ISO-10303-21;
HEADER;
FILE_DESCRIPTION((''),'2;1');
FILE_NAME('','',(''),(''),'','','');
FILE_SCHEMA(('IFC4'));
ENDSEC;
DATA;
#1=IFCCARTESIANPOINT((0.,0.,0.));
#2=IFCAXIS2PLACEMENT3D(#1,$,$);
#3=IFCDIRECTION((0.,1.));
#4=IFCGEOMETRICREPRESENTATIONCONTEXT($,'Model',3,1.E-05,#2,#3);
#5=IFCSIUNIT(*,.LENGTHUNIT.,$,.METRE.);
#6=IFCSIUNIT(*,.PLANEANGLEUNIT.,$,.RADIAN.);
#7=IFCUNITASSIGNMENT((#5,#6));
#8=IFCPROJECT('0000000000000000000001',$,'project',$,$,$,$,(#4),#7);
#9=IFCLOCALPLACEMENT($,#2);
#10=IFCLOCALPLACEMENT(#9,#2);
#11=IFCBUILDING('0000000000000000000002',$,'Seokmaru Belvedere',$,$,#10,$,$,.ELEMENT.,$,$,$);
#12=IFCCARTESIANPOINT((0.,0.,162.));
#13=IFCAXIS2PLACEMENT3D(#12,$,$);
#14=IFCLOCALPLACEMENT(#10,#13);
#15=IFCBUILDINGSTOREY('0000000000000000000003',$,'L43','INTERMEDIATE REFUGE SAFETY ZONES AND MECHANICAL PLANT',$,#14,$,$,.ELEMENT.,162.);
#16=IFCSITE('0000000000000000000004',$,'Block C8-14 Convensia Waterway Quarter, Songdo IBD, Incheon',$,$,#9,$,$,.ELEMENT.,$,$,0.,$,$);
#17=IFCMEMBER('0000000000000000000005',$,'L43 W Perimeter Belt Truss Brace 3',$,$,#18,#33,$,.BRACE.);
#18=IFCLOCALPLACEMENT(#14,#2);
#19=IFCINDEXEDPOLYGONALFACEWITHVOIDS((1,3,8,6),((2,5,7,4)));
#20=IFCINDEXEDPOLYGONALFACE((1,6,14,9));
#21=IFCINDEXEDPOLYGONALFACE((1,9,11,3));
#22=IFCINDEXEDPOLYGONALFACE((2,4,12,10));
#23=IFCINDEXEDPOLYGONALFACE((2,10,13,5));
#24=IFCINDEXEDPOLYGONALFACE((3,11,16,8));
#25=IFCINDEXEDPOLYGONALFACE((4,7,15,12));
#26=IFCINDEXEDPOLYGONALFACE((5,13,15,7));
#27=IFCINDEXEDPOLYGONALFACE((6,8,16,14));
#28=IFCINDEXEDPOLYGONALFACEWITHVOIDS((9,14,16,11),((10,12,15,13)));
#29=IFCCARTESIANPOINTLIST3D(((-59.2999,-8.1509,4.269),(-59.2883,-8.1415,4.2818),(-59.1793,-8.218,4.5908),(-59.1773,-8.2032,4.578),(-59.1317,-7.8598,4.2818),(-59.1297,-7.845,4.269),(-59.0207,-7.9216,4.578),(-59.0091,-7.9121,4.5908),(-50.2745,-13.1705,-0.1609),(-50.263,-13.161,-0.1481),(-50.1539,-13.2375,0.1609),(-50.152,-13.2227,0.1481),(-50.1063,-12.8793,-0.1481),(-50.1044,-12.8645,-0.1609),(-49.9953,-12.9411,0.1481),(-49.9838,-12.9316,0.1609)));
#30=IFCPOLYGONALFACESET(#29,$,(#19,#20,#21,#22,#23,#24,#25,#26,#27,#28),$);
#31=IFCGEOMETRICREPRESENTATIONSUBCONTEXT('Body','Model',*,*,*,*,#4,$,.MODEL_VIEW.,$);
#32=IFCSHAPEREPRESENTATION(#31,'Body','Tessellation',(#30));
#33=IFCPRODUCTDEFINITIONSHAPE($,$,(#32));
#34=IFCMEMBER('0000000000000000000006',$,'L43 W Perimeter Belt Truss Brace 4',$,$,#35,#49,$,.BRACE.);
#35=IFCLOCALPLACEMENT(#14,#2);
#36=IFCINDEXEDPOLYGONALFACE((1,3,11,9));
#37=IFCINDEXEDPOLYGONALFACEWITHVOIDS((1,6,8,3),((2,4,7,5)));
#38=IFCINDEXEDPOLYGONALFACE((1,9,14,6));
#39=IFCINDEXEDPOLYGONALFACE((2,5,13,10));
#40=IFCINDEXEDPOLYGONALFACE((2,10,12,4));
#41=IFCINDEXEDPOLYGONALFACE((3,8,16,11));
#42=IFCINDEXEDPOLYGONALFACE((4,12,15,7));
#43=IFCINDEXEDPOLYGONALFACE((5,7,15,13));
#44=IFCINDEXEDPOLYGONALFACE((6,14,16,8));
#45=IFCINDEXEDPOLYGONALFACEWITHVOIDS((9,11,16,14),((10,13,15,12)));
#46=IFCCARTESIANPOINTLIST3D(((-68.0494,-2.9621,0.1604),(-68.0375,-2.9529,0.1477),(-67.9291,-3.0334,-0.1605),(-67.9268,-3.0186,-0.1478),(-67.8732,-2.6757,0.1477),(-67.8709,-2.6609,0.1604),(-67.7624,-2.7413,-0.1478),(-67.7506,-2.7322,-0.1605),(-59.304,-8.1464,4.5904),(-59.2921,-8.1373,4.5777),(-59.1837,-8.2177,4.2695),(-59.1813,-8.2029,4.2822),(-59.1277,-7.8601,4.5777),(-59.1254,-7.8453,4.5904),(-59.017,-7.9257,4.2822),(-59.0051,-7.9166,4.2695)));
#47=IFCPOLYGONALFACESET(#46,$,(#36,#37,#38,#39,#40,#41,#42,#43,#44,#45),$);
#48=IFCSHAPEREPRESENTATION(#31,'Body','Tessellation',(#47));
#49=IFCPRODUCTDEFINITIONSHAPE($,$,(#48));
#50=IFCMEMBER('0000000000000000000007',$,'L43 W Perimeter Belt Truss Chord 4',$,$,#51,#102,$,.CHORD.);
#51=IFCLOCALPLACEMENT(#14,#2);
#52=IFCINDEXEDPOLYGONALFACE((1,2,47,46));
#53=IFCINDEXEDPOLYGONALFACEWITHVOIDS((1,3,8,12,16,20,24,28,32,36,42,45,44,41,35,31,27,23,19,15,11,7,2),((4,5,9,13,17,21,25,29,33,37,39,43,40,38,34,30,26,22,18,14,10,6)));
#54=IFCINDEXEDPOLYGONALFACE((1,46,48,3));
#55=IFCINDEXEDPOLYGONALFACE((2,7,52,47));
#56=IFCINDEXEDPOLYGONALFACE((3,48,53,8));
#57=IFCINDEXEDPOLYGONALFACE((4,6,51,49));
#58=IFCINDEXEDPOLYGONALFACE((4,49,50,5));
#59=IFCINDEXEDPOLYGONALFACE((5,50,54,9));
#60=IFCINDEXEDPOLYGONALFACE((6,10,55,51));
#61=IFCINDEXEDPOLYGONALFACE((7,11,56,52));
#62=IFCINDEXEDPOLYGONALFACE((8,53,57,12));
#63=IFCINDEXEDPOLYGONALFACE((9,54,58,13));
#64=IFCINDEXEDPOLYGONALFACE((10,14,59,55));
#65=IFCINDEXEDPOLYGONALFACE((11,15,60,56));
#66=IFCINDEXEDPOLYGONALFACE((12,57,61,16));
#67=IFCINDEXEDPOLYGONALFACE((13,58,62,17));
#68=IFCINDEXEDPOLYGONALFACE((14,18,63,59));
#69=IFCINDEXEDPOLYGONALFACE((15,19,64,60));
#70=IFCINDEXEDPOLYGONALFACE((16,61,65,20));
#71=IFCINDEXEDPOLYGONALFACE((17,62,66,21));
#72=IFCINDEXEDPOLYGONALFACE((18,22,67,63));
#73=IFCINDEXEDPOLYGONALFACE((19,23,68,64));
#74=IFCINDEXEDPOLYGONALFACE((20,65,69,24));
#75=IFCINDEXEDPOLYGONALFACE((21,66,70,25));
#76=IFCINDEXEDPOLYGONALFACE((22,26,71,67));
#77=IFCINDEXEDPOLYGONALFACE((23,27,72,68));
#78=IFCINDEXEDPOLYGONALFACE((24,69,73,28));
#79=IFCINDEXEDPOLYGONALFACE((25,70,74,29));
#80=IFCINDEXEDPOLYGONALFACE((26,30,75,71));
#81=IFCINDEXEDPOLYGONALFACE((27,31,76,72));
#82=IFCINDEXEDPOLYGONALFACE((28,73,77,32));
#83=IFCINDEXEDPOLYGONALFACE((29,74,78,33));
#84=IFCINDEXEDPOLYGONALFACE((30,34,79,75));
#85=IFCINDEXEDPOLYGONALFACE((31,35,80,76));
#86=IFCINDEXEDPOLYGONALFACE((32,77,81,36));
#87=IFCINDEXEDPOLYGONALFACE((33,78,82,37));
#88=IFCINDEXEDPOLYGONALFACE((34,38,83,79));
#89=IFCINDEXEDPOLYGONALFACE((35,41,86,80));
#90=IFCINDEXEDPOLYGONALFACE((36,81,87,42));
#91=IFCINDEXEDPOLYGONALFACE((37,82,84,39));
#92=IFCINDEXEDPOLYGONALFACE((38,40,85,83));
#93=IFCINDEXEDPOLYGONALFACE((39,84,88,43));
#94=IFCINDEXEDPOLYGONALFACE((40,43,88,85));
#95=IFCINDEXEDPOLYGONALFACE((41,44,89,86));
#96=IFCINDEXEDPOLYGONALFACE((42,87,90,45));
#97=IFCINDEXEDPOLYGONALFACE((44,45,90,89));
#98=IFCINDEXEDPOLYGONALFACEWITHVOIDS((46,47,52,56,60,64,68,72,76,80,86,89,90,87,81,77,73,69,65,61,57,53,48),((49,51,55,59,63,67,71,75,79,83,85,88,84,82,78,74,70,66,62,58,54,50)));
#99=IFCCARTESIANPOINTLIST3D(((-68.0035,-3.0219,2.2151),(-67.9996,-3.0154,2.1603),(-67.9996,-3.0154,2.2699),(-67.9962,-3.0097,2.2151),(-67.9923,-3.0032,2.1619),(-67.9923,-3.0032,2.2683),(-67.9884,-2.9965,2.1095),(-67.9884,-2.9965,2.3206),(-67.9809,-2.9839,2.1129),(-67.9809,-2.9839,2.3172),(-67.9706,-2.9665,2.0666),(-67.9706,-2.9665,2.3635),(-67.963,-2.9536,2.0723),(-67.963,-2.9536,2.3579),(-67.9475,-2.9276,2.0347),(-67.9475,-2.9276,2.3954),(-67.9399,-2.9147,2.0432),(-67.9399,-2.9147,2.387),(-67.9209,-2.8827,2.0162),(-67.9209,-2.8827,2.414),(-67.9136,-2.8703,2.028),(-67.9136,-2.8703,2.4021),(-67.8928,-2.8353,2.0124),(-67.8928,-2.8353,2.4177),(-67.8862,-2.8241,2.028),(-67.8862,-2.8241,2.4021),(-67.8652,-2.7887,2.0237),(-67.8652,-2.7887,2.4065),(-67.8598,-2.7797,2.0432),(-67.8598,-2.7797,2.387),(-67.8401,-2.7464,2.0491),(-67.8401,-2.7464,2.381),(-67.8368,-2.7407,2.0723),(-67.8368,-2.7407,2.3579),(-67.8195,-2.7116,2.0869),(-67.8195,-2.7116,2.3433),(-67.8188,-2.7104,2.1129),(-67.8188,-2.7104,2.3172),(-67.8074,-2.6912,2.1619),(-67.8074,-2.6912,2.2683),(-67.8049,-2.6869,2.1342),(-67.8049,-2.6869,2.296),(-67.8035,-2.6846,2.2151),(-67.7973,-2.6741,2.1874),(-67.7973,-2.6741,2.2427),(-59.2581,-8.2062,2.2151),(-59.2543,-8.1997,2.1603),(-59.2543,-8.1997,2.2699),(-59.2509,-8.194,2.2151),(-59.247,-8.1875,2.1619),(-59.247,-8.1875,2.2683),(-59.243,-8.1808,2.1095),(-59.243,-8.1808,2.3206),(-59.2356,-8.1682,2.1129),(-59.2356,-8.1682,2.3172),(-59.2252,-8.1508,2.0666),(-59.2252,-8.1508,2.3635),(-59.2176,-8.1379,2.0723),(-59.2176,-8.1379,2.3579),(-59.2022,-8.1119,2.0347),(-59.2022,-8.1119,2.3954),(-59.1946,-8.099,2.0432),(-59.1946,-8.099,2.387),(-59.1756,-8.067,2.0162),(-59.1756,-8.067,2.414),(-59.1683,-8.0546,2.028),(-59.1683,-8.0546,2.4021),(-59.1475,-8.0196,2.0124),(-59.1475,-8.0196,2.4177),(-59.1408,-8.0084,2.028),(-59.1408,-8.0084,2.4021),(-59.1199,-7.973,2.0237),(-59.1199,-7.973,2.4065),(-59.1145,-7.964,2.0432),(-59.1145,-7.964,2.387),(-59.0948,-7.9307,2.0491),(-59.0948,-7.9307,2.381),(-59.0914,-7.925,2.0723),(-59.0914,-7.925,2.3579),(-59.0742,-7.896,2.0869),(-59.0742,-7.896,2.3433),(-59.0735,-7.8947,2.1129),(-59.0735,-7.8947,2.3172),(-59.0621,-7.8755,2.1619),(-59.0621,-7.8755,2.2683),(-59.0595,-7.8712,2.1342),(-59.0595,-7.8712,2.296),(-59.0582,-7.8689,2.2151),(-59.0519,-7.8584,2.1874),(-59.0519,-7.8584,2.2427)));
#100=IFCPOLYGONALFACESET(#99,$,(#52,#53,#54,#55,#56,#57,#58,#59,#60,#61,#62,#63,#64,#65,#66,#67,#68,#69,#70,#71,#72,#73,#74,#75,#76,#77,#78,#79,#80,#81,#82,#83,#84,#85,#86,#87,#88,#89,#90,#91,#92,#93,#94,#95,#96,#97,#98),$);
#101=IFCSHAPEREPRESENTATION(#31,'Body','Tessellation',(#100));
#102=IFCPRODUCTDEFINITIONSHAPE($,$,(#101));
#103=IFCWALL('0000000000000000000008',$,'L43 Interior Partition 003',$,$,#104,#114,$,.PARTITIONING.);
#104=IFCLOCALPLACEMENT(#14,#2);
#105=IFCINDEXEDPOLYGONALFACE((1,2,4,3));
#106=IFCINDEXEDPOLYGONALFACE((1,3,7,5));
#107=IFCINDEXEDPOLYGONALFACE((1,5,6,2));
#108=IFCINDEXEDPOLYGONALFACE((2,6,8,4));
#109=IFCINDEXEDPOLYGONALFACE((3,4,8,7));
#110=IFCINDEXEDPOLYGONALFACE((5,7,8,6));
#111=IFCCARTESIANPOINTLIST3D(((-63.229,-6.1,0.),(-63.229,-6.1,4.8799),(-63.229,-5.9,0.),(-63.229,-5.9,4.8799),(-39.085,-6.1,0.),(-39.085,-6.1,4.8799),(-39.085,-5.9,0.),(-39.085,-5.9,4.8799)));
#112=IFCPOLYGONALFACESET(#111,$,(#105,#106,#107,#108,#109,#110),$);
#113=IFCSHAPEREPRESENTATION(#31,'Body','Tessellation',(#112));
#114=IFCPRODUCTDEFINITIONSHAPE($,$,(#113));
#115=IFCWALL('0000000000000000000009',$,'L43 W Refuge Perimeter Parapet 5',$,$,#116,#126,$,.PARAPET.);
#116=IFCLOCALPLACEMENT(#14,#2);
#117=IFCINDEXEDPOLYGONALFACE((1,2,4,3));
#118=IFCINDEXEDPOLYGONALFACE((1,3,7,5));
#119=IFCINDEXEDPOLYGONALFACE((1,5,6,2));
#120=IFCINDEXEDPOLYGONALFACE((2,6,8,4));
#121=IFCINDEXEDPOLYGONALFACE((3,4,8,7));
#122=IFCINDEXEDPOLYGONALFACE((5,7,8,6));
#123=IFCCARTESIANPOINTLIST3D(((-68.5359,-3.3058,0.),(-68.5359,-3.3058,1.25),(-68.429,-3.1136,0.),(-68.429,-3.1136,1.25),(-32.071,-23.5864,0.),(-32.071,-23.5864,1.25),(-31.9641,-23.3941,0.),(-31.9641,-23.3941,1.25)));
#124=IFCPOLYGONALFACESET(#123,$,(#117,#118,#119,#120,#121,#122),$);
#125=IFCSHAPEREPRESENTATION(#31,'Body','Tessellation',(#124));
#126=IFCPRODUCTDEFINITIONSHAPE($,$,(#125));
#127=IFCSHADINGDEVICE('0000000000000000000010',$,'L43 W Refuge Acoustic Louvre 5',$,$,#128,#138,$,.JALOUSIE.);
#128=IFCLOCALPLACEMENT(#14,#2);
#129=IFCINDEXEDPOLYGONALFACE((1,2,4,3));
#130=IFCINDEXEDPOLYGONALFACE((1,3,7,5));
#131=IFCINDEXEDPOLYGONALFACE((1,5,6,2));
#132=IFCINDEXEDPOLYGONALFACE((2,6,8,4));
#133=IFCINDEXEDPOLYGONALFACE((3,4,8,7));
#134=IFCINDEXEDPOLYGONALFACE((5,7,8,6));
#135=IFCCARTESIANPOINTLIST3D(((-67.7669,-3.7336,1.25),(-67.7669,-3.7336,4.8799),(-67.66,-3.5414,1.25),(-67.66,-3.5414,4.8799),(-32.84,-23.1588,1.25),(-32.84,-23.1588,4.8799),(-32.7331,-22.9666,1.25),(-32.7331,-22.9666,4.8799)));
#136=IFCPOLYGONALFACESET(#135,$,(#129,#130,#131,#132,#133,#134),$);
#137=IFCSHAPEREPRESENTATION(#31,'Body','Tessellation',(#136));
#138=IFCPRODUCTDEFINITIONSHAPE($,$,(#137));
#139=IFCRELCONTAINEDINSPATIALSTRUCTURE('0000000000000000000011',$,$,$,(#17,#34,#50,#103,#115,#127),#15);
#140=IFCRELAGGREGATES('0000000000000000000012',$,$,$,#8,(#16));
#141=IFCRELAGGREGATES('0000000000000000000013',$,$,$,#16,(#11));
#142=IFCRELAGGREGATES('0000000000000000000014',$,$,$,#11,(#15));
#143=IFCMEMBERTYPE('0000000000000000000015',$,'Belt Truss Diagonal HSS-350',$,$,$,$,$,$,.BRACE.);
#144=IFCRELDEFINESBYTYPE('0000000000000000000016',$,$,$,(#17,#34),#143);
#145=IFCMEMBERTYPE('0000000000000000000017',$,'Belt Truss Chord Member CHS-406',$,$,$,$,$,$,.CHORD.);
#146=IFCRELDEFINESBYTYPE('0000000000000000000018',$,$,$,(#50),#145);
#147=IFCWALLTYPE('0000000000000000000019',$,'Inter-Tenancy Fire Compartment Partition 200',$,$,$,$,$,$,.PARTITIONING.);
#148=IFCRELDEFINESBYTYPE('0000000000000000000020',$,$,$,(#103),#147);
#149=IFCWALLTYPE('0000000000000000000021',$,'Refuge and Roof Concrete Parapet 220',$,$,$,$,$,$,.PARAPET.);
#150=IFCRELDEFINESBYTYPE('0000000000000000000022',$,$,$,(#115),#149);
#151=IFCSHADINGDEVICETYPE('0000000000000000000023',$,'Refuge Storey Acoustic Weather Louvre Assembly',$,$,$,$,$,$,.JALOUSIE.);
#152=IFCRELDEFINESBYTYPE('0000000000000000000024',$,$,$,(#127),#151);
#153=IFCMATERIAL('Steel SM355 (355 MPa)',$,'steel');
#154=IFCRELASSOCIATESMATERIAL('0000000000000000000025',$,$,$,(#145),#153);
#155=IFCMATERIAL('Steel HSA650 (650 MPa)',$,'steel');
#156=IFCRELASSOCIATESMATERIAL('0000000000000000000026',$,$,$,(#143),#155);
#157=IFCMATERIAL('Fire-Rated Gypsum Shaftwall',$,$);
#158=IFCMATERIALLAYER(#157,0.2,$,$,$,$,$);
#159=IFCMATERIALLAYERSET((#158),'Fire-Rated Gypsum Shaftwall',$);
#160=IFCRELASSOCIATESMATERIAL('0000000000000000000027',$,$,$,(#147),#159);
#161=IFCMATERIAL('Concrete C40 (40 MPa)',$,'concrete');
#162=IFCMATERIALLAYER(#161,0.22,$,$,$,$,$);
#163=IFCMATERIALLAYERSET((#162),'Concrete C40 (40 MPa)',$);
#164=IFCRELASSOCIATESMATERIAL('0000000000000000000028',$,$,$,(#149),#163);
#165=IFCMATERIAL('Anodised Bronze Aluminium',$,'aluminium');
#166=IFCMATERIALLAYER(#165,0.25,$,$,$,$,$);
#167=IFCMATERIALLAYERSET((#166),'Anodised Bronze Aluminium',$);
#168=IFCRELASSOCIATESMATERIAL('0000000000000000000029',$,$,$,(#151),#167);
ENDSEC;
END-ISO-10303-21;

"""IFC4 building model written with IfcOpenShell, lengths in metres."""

from ifc_helpers import new_model, si_unit, direction, frame, frame_2d, origin, origin_2d, place, context, subcontext, project, spatial, rectangle, hollow_rectangle, hollow_circle, extrude, source, transform, mapped, material, layer, layer_set, material_profile, profile_set, type_object, type_shapes, element, save


model = new_model("IFC4")

# Units and contexts
model_context = context("Model", 3, precision=1e-05, world=origin(), true_north=direction((0.0, 1.0)))
body_context = subcontext(model_context, "Body", "Model", "MODEL_VIEW")
ifc_project = project(units=[si_unit("LENGTHUNIT", "METRE"), si_unit("PLANEANGLEUNIT", "RADIAN")], contexts=[model_context])

# Site, building, storey
site_placement = place(None, origin())
site = spatial("IfcSite", under=ifc_project, at=site_placement, Name="Block C8-14 Convensia Waterway Quarter, Songdo IBD, Incheon", CompositionType="ELEMENT", RefElevation=0.0)
building_placement = place(site_placement, origin())
building = spatial("IfcBuilding", under=site, at=building_placement, Name="Seokmaru Belvedere", CompositionType="ELEMENT")
storey_placement = place(building_placement, frame((0.0, 0.0, 162.0)))
storey = spatial("IfcBuildingStorey", under=building, at=storey_placement, Name="L43", Description="INTERMEDIATE REFUGE SAFETY ZONES AND MECHANICAL PLANT", CompositionType="ELEMENT", Elevation=162.0)

# Shared definitions
ifc_material_1 = material(Name="Steel SM355 (355 MPa)", Category="steel")

# Members
ifc_material_2 = material(Name="Steel HSA650 (650 MPa)", Category="steel")
ifc_material_profile_1 = material_profile(ifc_material_1, hollow_circle(Radius=0.2031, WallThickness=0.0142, at=origin_2d()), Name="CHS-406.4x14.2")
ifc_profile_set_1 = profile_set([ifc_material_profile_1], Name="Steel SM355 (355 MPa)")
member_type_1 = type_object("IfcMemberType", Name="Belt Truss Chord Member CHS-406", PredefinedType="CHORD", material=ifc_profile_set_1)
ifc_material_profile_2 = material_profile(ifc_material_2, hollow_rectangle(XDim=0.3501, YDim=0.3501, WallThickness=0.0139, at=origin_2d()), Name="HSS-350x350x14")
ifc_profile_set_2 = profile_set([ifc_material_profile_2], Name="Steel HSA650 (650 MPa)")
member_type_2 = type_object("IfcMemberType", Name="Belt Truss Diagonal HSS-350", PredefinedType="BRACE", material=ifc_profile_set_2)
shared_shape_1 = source(origin(), body_context, "Body", "SweptSolid", [
    extrude(hollow_rectangle(XDim=0.3501, YDim=0.3501, WallThickness=0.0139, at=origin_2d()), origin(), (0.0, 0.0, 1.0), 11.2373),
])
member_1_placement = place(storey_placement, frame((-50.1292, -13.051, 0.0), z_axis=(-0.803161, 0.446683, 0.394216), x_axis=(-0.486044, -0.873934, 0.0)))
element("IfcMember", 1, at=member_1_placement, inside=storey, type_object=member_type_2, Name="L43 W Perimeter Belt Truss Brace 3", PredefinedType="BRACE", context=body_context, shape_type="MappedRepresentation", body=[
    mapped(shared_shape_1, transform((0.0, 0.0, 0.0), scale=1.0)),
])
shared_shape_2 = source(origin(), body_context, "Body", "SweptSolid", [
    extrude(hollow_rectangle(XDim=0.3501, YDim=0.3501, WallThickness=0.0139, at=origin_2d()), origin(), (0.0, 0.0, 1.0), 11.0898),
])
type_shapes(member_type_2, [shared_shape_1, shared_shape_2])
member_2_placement = place(storey_placement, frame((-59.1545, -8.0315, 4.4299), z_axis=(-0.788598, 0.467487, -0.399461), x_axis=(-0.50994, -0.86021, 0.0)))
element("IfcMember", 2, at=member_2_placement, inside=storey, type_object=member_type_2, Name="L43 W Perimeter Belt Truss Brace 4", PredefinedType="BRACE", context=body_context, shape_type="MappedRepresentation", body=[
    mapped(shared_shape_2, transform((0.0, 0.0, 0.0), scale=1.0)),
])
shared_shape_3 = source(origin(), body_context, "Body", "SweptSolid", [
    extrude(hollow_circle(Radius=0.2031, WallThickness=0.0142, at=origin_2d()), origin(), (0.0, 0.0, 1.0), 10.1665),
])
member_3_placement = place(storey_placement, frame((-59.1545, -8.0315, 2.2151), z_axis=(-0.86021, 0.50994, 0.0), x_axis=(-0.50994, -0.86021, 0.0)))
element("IfcMember", 3, at=member_3_placement, inside=storey, type_object=member_type_1, Name="L43 W Perimeter Belt Truss Chord 4", PredefinedType="CHORD", context=body_context, shape_type="MappedRepresentation", body=[
    mapped(shared_shape_3, transform((0.0, 0.0, 0.0), scale=1.0)),
])

# Walls
ifc_material_3 = material(Name="Fire-Rated Gypsum Shaftwall")
ifc_layer_1 = layer(ifc_material_3, 0.2)
ifc_layer_set_1 = layer_set([ifc_layer_1], Name="Fire-Rated Gypsum Shaftwall")
wall_type_1 = type_object("IfcWallType", Name="Inter-Tenancy Fire Compartment Partition 200", PredefinedType="PARTITIONING", material=ifc_layer_set_1)
wall_1_placement = place(storey_placement, frame((-63.229, -6.0, 0.0), z_axis=(0.0, 0.0, 1.0), x_axis=(1.0, 0.0, 0.0)))
element("IfcWall", 4, at=wall_1_placement, inside=storey, type_object=wall_type_1, Name="L43 Interior Partition 003", PredefinedType="PARTITIONING", context=body_context, shape_type="SweptSolid", body=[
    extrude(rectangle(XDim=24.144, YDim=0.2, at=frame_2d((12.072, 0.0))), origin(), (0.0, 0.0, 1.0), 4.8799),
])
ifc_material_4 = material(Name="Concrete C40 (40 MPa)", Category="concrete")
ifc_layer_2 = layer(ifc_material_4, 0.22)
ifc_layer_set_2 = layer_set([ifc_layer_2], Name="Concrete C40 (40 MPa)")
wall_type_2 = type_object("IfcWallType", Name="Refuge and Roof Concrete Parapet 220", PredefinedType="PARAPET", material=ifc_layer_set_2)
wall_2_placement = place(storey_placement, frame((-68.4824, -3.2097, 0.0), z_axis=(0.0, 0.0, 1.0), x_axis=(0.873931, -0.486051, 0.0)))
element("IfcWall", 5, at=wall_2_placement, inside=storey, type_object=wall_type_2, Name="L43 W Refuge Perimeter Parapet 5", PredefinedType="PARAPET", context=body_context, shape_type="SweptSolid", body=[
    extrude(rectangle(XDim=41.7251, YDim=0.22, at=frame_2d((20.8625, 0.0))), origin(), (0.0, 0.0, 1.0), 1.25),
])

# Shading device
ifc_material_5 = material(Name="Anodised Bronze Aluminium", Category="aluminium")
ifc_layer_3 = layer(ifc_material_5, 0.25)
ifc_layer_set_3 = layer_set([ifc_layer_3], Name="Anodised Bronze Aluminium")
shading_device_type = type_object("IfcShadingDeviceType", Name="Refuge Storey Acoustic Weather Louvre Assembly", PredefinedType="JALOUSIE", material=ifc_layer_set_3)
shared_shape_4 = source(origin(), body_context, "Body", "SweptSolid", [
    extrude(rectangle(XDim=39.9653, YDim=0.22, at=origin_2d()), origin(), (0.0, 0.0, 1.0), 3.6299),
])
type_shapes(shading_device_type, [shared_shape_4])
shading_device_placement = place(storey_placement, frame((-50.25, -13.3501, 1.25), z_axis=(0.0, 0.0, 1.0), x_axis=(0.873931, -0.48605, 0.0)))
element("IfcShadingDevice", 6, at=shading_device_placement, inside=storey, type_object=shading_device_type, Name="L43 W Refuge Acoustic Louvre 5", PredefinedType="JALOUSIE", context=body_context, shape_type="MappedRepresentation", body=[
    mapped(shared_shape_4, transform((0.0, 0.0, 0.0), scale=1.0)),
])

save(model, "model.ifc")
